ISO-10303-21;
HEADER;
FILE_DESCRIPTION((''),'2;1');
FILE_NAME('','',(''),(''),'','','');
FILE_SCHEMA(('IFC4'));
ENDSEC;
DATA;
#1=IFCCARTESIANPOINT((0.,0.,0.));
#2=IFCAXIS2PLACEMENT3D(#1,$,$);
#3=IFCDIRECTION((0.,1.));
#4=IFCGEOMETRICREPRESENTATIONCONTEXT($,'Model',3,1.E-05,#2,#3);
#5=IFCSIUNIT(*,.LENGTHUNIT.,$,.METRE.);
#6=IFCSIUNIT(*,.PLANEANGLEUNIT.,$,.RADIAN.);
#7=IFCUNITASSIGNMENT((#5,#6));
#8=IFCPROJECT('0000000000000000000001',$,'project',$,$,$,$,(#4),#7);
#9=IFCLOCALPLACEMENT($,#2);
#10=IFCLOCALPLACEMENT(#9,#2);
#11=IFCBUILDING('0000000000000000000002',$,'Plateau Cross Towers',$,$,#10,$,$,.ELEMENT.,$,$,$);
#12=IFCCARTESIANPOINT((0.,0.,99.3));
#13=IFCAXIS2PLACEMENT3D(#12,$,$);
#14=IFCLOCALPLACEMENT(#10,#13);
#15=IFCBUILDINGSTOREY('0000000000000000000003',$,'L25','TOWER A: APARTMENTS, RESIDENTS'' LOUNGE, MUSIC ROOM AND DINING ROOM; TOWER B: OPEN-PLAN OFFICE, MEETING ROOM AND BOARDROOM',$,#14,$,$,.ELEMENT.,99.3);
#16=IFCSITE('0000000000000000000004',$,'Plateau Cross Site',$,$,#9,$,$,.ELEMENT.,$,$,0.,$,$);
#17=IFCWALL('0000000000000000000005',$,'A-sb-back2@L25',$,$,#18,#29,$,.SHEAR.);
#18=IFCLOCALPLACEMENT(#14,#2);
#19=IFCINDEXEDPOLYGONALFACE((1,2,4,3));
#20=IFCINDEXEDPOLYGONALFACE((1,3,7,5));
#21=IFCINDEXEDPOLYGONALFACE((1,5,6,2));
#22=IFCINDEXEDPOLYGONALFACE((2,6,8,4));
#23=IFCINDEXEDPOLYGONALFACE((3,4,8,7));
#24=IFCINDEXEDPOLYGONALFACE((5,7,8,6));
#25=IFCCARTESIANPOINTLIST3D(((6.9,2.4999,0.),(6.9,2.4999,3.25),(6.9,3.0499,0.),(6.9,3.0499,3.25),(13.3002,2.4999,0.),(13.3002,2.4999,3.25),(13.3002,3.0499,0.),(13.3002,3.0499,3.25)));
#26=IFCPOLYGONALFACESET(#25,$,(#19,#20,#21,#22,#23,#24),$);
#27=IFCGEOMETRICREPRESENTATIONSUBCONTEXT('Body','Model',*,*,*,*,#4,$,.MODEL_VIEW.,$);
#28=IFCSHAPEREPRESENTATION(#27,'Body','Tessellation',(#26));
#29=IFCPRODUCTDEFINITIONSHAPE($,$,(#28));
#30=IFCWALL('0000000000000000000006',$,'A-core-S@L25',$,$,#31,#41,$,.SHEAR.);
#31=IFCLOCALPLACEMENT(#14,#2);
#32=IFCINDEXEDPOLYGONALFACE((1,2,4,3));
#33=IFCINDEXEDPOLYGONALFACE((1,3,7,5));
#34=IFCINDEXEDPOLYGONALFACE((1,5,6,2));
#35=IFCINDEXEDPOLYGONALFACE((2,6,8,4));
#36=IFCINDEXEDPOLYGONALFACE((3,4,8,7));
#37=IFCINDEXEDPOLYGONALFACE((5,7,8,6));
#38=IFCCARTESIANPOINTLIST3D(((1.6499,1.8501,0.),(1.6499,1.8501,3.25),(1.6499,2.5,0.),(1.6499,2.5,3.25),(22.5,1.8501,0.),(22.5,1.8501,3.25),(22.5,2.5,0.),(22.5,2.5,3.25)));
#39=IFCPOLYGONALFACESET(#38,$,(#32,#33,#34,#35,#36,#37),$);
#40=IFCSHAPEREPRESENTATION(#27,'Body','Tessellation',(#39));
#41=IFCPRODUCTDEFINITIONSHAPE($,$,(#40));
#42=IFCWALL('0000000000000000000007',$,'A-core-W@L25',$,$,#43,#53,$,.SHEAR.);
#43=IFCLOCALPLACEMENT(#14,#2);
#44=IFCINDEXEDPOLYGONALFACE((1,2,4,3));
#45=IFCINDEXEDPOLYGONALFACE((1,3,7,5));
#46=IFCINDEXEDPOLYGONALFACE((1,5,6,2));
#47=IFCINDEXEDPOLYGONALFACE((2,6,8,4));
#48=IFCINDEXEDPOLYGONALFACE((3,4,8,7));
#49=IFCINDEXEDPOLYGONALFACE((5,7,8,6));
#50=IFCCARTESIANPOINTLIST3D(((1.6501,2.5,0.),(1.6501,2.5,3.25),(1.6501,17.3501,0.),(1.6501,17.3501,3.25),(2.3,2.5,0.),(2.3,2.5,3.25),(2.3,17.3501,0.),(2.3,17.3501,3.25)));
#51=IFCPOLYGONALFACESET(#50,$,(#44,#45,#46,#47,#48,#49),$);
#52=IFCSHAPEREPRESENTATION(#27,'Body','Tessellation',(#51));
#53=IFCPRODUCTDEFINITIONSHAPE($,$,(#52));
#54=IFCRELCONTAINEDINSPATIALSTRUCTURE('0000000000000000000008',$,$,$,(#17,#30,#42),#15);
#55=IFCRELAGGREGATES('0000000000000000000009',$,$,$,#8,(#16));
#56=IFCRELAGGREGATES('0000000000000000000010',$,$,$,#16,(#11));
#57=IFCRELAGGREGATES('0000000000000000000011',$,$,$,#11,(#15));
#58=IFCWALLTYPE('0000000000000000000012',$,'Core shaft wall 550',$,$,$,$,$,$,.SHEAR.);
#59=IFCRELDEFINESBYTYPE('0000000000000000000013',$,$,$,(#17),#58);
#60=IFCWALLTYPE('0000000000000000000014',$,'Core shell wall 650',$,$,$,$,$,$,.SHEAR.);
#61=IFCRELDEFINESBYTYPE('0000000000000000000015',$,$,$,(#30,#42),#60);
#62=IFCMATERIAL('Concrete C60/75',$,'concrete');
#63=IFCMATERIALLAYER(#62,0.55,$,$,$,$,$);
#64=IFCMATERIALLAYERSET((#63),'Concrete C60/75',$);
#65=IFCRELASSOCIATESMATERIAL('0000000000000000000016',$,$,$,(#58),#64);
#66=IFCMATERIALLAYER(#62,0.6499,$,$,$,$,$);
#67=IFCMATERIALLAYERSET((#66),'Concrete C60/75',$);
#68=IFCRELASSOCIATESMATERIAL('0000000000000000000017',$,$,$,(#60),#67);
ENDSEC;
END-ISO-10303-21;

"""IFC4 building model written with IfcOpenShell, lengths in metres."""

from ifc_helpers import new_model, si_unit, direction, frame, frame_2d, origin, place, context, subcontext, project, spatial, rectangle, extrude, material, layer, layer_set, type_object, element, save


model = new_model("IFC4")

# Units and contexts
model_context = context("Model", 3, precision=1e-05, world=origin(), true_north=direction((0.0, 1.0)))
body_context = subcontext(model_context, "Body", "Model", "MODEL_VIEW")
ifc_project = project(units=[si_unit("LENGTHUNIT", "METRE"), si_unit("PLANEANGLEUNIT", "RADIAN")], contexts=[model_context])

# Site, building, storey
site_placement = place(None, origin())
site = spatial("IfcSite", under=ifc_project, at=site_placement, Name="Plateau Cross Site", CompositionType="ELEMENT", RefElevation=0.0)
building_placement = place(site_placement, origin())
building = spatial("IfcBuilding", under=site, at=building_placement, Name="Plateau Cross Towers", CompositionType="ELEMENT")
storey_placement = place(building_placement, frame((0.0, 0.0, 99.3)))
storey = spatial("IfcBuildingStorey", under=building, at=storey_placement, Name="L25", Description="TOWER A: APARTMENTS, RESIDENTS' LOUNGE, MUSIC ROOM AND DINING ROOM; TOWER B: OPEN-PLAN OFFICE, MEETING ROOM AND BOARDROOM", CompositionType="ELEMENT", Elevation=99.3)

# Shared definitions
ifc_material_1 = material(Name="Concrete C60/75", Category="concrete")

# Walls
ifc_layer_1 = layer(ifc_material_1, 0.55)
ifc_layer_set_1 = layer_set([ifc_layer_1], Name="Concrete C60/75")
wall_type_1 = type_object("IfcWallType", Name="Core shaft wall 550", PredefinedType="SHEAR", material=ifc_layer_set_1)
wall_1_placement = place(storey_placement, frame((6.8999, 2.7749, 0.0), z_axis=(0.0, 0.0, 1.0), x_axis=(1.0, 0.0, 0.0)))
element("IfcWall", 1, at=wall_1_placement, inside=storey, type_object=wall_type_1, Name="A-sb-back2@L25", PredefinedType="SHEAR", context=body_context, shape_type="SweptSolid", body=[
    extrude(rectangle(XDim=6.4001, YDim=0.55, at=frame_2d((3.2002, 0.0))), origin(), (0.0, 0.0, 1.0), 3.25),
])
ifc_layer_2 = layer(ifc_material_1, 0.6499)
ifc_layer_set_2 = layer_set([ifc_layer_2], Name="Concrete C60/75")
wall_type_2 = type_object("IfcWallType", Name="Core shell wall 650", PredefinedType="SHEAR", material=ifc_layer_set_2)
wall_2_placement = place(storey_placement, frame((1.6499, 2.175, 0.0), z_axis=(0.0, 0.0, 1.0), x_axis=(1.0, 0.0, 0.0)))
element("IfcWall", 2, at=wall_2_placement, inside=storey, type_object=wall_type_2, Name="A-core-S@L25", PredefinedType="SHEAR", context=body_context, shape_type="SweptSolid", body=[
    extrude(rectangle(XDim=20.8501, YDim=0.6499, at=frame_2d((10.425, 0.0))), origin(), (0.0, 0.0, 1.0), 3.25),
])
wall_3_placement = place(storey_placement, frame((1.9751, 2.5, 0.0), z_axis=(0.0, 0.0, 1.0), x_axis=(0.0, 1.0, 0.0)))
element("IfcWall", 3, at=wall_3_placement, inside=storey, type_object=wall_type_2, Name="A-core-W@L25", PredefinedType="SHEAR", context=body_context, shape_type="SweptSolid", body=[
    extrude(rectangle(XDim=14.8501, YDim=0.6499, at=frame_2d((7.425, 0.0))), origin(), (0.0, 0.0, 1.0), 3.25),
])

save(model, "model.ifc")
